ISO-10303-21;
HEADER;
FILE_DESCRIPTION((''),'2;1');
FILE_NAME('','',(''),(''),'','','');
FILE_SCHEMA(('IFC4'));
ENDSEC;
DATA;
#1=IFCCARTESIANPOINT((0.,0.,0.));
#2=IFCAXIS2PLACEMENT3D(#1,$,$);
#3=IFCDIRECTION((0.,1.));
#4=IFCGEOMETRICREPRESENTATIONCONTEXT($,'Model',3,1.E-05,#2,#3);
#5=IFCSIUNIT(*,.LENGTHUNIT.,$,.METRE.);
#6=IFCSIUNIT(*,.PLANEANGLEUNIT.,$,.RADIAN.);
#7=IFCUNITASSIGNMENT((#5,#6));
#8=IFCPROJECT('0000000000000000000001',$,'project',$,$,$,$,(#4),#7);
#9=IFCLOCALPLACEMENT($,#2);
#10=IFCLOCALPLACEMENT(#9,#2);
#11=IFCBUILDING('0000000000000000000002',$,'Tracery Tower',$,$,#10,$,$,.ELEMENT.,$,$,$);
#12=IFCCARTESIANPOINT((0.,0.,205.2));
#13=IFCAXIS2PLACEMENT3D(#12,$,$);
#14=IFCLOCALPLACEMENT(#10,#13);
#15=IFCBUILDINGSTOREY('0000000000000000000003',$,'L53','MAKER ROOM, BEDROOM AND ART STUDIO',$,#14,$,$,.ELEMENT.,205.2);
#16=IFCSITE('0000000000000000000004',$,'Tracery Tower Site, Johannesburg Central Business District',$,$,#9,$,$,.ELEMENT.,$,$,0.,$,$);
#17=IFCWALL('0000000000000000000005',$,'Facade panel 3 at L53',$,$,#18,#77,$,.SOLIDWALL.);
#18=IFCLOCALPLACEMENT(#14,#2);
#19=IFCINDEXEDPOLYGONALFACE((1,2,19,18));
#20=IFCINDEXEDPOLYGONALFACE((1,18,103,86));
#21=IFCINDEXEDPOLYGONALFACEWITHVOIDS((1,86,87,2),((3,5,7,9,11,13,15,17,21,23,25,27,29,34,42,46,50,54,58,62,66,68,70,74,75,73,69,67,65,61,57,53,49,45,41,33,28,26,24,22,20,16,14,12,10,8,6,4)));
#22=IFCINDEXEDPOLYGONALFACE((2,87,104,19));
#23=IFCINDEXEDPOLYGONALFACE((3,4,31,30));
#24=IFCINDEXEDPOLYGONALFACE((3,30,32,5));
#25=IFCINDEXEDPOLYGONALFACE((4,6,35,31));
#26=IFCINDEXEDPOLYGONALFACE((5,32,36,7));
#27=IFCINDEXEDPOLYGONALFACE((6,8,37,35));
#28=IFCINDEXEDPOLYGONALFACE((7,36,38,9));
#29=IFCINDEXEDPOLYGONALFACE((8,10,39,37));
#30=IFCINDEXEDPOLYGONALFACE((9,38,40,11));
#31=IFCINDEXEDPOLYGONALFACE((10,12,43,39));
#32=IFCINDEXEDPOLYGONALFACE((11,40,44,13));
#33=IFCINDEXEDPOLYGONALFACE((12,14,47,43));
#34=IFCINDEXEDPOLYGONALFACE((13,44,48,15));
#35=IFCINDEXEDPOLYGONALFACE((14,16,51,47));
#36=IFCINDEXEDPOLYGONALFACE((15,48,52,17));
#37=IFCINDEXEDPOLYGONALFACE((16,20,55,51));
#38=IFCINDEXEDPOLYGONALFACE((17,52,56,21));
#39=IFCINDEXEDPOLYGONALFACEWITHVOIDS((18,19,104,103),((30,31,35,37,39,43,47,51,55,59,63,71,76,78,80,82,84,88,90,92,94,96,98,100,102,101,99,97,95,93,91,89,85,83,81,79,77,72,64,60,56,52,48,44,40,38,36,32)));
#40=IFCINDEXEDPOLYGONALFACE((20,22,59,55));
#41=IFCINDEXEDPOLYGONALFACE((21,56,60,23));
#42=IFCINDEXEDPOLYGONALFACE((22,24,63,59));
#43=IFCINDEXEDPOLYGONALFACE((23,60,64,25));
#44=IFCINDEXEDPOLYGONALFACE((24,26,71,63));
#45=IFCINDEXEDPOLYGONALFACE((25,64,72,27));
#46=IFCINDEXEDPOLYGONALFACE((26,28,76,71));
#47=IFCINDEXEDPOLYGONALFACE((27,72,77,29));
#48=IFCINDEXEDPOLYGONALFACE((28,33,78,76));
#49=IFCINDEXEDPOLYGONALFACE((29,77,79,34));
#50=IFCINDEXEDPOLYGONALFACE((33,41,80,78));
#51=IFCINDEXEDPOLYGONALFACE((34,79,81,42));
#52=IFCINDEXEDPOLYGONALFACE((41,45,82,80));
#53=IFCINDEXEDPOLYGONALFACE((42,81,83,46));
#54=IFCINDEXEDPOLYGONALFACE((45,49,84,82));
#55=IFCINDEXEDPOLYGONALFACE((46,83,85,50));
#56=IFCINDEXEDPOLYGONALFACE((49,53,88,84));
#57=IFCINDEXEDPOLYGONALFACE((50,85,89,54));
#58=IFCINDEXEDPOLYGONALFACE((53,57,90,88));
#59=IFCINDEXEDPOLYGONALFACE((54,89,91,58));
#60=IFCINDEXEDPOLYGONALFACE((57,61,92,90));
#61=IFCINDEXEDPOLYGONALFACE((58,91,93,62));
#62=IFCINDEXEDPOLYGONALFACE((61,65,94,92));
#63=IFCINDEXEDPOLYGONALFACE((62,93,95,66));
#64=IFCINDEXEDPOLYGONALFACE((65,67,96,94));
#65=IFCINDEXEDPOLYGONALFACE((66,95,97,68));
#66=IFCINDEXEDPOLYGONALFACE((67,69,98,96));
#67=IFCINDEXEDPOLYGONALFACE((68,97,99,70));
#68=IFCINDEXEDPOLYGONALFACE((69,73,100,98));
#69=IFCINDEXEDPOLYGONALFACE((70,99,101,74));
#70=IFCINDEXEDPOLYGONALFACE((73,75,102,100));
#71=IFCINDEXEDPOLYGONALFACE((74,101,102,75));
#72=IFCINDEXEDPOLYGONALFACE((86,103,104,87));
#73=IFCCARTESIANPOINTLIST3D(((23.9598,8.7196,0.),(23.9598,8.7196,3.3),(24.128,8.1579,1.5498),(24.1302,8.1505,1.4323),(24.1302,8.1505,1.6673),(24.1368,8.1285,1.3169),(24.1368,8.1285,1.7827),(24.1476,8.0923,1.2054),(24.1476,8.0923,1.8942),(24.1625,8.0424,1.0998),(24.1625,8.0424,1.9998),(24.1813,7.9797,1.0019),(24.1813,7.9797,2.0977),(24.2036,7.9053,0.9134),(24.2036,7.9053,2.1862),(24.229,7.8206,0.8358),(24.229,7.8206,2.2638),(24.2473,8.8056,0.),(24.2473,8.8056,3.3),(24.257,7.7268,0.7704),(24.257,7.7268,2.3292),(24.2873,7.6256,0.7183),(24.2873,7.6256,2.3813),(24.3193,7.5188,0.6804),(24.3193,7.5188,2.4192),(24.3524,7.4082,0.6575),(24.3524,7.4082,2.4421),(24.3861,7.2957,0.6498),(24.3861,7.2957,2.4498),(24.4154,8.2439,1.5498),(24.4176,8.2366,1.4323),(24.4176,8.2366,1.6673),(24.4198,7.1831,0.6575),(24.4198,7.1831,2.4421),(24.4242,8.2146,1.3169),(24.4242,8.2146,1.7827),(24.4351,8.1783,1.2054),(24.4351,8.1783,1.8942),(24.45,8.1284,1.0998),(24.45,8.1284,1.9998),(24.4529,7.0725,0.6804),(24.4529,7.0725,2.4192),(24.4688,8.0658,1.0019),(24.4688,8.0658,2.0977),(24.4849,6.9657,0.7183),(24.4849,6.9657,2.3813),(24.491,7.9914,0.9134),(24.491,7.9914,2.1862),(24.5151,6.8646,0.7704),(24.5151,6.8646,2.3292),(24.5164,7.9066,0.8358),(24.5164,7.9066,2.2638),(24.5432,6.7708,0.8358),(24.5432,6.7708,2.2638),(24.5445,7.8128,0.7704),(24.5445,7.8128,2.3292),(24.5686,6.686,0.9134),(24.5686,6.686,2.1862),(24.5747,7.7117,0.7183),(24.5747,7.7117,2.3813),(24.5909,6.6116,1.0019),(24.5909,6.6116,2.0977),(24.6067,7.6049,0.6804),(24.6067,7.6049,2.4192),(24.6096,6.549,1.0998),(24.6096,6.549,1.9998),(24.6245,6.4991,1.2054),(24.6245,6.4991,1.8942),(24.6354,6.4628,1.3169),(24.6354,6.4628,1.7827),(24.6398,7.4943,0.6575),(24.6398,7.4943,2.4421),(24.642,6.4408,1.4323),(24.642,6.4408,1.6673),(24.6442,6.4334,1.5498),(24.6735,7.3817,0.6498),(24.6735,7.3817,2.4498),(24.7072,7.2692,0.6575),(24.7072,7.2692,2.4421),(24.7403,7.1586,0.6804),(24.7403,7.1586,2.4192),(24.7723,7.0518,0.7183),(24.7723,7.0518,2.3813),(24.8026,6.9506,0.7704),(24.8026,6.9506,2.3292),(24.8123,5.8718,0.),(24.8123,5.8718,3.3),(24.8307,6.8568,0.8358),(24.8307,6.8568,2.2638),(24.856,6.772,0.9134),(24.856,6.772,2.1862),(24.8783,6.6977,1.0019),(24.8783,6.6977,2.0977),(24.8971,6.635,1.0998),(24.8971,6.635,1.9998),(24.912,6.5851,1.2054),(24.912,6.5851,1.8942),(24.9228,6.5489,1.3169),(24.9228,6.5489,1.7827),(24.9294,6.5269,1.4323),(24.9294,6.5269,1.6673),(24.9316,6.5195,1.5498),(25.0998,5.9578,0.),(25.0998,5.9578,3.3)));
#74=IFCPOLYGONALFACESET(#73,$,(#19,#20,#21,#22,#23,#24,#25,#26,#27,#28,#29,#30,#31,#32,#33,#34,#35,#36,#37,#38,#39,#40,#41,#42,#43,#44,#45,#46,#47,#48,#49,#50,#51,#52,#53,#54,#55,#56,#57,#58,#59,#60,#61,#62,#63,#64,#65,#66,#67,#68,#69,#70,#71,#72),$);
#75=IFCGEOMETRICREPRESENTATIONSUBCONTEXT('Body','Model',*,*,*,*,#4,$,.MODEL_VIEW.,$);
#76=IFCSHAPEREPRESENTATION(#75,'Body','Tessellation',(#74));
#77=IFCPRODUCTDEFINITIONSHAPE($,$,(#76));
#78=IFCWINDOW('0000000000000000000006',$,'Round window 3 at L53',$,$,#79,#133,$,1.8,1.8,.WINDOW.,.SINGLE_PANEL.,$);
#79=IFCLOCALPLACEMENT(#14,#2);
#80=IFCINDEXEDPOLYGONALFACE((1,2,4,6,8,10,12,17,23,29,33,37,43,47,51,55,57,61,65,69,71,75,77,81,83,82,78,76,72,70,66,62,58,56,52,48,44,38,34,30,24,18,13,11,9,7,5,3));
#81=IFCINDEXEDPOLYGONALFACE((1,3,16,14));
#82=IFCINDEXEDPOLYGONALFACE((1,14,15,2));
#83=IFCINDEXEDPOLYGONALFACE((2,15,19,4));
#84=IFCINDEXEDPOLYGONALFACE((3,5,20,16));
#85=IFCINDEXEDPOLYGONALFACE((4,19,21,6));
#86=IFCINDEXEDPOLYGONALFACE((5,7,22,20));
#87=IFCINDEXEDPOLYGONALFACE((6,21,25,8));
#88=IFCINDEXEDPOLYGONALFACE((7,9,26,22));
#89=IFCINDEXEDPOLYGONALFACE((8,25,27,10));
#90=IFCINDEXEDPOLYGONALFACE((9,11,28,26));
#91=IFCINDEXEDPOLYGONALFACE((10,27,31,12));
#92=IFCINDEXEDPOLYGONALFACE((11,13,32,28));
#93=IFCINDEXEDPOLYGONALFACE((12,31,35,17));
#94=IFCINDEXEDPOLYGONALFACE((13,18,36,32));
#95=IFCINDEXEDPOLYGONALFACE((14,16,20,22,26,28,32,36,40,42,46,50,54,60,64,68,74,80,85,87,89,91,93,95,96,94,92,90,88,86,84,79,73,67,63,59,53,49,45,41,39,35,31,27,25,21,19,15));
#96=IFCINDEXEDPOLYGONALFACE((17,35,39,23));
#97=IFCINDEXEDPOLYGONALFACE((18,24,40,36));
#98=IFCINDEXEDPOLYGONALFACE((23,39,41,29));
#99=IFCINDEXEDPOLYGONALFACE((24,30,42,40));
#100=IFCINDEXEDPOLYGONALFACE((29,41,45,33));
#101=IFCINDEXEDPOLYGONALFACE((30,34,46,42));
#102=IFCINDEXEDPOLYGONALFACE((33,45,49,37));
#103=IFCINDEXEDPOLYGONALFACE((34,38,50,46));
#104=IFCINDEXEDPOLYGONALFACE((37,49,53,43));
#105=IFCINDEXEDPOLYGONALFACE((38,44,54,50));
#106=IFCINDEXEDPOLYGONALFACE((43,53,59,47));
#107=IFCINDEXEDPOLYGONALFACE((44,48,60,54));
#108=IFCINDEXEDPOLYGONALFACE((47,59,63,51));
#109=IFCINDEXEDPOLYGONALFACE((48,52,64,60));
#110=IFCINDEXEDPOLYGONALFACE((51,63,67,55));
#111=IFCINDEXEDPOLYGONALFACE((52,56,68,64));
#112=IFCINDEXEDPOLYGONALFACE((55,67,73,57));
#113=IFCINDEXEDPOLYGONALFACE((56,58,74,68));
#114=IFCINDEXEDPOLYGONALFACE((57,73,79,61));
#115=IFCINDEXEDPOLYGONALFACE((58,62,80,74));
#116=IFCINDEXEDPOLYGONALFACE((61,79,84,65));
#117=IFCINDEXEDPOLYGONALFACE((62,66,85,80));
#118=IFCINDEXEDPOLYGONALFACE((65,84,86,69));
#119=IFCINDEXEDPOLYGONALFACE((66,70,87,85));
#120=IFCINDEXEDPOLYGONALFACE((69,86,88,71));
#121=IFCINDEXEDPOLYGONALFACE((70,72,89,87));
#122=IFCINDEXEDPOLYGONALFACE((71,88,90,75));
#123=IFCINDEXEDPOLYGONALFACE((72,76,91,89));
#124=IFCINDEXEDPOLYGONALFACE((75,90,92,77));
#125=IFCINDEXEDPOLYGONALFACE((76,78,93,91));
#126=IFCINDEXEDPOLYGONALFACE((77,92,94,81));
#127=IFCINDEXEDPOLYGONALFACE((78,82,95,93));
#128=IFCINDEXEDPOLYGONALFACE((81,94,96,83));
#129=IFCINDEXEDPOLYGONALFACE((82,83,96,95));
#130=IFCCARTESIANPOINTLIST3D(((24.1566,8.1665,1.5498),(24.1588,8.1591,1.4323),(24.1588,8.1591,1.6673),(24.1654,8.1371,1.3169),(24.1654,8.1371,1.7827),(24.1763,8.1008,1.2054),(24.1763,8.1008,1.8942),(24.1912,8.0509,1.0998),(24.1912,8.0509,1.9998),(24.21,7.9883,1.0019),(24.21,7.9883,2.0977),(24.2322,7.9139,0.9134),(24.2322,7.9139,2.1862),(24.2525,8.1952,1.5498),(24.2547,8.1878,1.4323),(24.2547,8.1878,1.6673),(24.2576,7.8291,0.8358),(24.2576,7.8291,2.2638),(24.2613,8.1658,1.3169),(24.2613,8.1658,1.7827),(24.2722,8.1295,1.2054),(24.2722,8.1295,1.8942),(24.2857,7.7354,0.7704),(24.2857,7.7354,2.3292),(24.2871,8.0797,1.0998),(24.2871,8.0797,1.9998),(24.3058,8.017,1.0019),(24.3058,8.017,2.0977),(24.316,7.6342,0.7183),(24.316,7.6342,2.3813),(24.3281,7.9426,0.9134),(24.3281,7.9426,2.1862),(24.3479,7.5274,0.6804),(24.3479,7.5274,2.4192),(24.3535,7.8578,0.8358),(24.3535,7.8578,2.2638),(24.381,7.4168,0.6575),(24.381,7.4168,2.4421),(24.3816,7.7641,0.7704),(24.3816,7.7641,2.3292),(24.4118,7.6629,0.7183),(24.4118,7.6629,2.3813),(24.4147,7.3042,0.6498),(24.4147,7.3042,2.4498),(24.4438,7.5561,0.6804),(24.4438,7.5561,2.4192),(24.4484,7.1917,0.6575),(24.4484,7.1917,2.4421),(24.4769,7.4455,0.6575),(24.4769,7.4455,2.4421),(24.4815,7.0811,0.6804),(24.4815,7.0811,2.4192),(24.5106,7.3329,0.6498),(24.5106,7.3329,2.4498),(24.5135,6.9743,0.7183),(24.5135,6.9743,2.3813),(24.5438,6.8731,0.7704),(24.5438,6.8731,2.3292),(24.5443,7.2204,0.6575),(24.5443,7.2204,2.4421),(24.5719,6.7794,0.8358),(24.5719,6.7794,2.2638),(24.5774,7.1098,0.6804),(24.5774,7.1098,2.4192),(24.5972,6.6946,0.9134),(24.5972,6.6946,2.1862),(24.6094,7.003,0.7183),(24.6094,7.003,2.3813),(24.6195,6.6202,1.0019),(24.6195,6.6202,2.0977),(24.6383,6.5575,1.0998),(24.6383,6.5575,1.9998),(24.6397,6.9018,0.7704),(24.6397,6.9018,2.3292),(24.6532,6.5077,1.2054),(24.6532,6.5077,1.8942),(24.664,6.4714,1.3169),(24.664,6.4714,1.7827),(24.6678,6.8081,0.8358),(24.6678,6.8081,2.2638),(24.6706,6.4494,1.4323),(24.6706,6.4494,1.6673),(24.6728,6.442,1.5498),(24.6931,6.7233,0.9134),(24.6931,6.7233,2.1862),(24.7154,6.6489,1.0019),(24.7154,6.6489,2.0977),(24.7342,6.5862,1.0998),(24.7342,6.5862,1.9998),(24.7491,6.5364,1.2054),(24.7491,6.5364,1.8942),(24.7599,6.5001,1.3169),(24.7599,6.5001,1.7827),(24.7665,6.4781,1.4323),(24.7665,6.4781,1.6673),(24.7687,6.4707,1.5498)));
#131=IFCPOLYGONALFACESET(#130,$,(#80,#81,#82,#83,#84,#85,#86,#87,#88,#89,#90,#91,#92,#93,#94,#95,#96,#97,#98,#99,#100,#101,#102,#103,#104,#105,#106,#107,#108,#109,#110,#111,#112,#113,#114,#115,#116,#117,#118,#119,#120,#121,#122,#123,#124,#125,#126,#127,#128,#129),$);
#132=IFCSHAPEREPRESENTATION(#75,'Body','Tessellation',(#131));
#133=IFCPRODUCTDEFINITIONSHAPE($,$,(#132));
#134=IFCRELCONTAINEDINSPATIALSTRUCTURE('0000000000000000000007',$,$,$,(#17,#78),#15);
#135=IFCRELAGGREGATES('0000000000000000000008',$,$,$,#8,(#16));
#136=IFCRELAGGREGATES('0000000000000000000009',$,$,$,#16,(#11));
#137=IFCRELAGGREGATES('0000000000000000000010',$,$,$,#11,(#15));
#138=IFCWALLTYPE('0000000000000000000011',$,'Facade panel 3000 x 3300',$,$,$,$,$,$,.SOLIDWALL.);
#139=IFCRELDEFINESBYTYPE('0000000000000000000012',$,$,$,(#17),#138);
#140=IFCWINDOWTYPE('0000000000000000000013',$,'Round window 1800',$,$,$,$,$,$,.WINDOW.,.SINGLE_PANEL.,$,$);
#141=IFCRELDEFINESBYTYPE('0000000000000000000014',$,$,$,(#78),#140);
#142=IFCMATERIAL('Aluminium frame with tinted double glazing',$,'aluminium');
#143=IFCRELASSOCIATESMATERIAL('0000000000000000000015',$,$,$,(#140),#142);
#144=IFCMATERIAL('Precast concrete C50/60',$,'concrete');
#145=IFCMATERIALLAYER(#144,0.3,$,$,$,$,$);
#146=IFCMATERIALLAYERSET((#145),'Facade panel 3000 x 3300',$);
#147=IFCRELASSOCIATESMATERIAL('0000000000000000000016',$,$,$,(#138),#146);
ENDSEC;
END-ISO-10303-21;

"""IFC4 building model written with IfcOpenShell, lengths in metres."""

from ifc_helpers import new_model, si_unit, direction, frame, frame_2d, origin, origin_2d, place, context, subcontext, project, spatial, rectangle, circle, extrude, material, layer, layer_set, type_object, element, fill, save


model = new_model("IFC4")

# Units and contexts
model_context = context("Model", 3, precision=1e-05, world=origin(), true_north=direction((0.0, 1.0)))
body_context = subcontext(model_context, "Body", "Model", "MODEL_VIEW")
ifc_project = project(units=[si_unit("LENGTHUNIT", "METRE"), si_unit("PLANEANGLEUNIT", "RADIAN")], contexts=[model_context])

# Site, building, storey
site_placement = place(None, origin())
site = spatial("IfcSite", under=ifc_project, at=site_placement, Name="Tracery Tower Site, Johannesburg Central Business District", CompositionType="ELEMENT", RefElevation=0.0)
building_placement = place(site_placement, origin())
building = spatial("IfcBuilding", under=site, at=building_placement, Name="Tracery Tower", CompositionType="ELEMENT")
storey_placement = place(building_placement, frame((0.0, 0.0, 205.2)))
storey = spatial("IfcBuildingStorey", under=building, at=storey_placement, Name="L53", Description="MAKER ROOM, BEDROOM AND ART STUDIO", CompositionType="ELEMENT", Elevation=205.2)

# Wall, opening, window
ifc_material_1 = material(Name="Aluminium frame with tinted double glazing", Category="aluminium")
window_type = type_object("IfcWindowType", Name="Round window 1800", PartitioningType="SINGLE_PANEL", PredefinedType="WINDOW", material=ifc_material_1)
ifc_material_2 = material(Name="Precast concrete C50/60", Category="concrete")
ifc_layer_1 = layer(ifc_material_2, 0.3)
ifc_layer_set_1 = layer_set([ifc_layer_1], Name="Facade panel 3000 x 3300")
wall_type_1 = type_object("IfcWallType", Name="Facade panel 3000 x 3300", PredefinedType="SOLIDWALL", material=ifc_layer_set_1)
wall_1_placement = place(storey_placement, frame((24.9561, 5.9148, 0.0), z_axis=(0.0, 0.0, 1.0), x_axis=(-0.286783, 0.957996, 0.0)))
wall_1 = element("IfcWall", 1, at=wall_1_placement, inside=storey, type_object=wall_type_1, Name="Facade panel 3 at L53", PredefinedType="SOLIDWALL", context=body_context, shape_type="SweptSolid", body=[
    extrude(rectangle(XDim=2.9727, YDim=0.3, at=frame_2d((1.4863, 0.0))), origin(), (0.0, 0.0, 1.0), 3.3),
])
opening_1_placement = place(wall_1_placement, frame((1.4863, 0.0, 1.5498)))
opening_1 = element("IfcOpeningElement", 2, at=opening_1_placement, cuts=wall_1, PredefinedType="OPENING", context=body_context, shape_type="SweptSolid", body=[
    extrude(circle(Radius=0.9, at=origin_2d()), frame((0.0, 0.1599, 0.0), z_axis=(0.0, -1.0, 0.0), x_axis=(1.0, 0.0, 0.0)), (0.0, 0.0, 1.0), 0.3201),
])
window_1_placement = place(opening_1_placement, origin())
window_1 = element("IfcWindow", 3, at=window_1_placement, inside=storey, type_object=window_type, Name="Round window 3 at L53", OverallHeight=1.8, OverallWidth=1.8, PartitioningType="SINGLE_PANEL", PredefinedType="WINDOW", context=body_context, shape_type="SweptSolid", body=[
    extrude(circle(Radius=0.9, at=origin_2d()), frame((0.0, 0.1201, 0.0), z_axis=(0.0, -1.0, 0.0), x_axis=(1.0, 0.0, 0.0)), (0.0, 0.0, 1.0), 0.1001),
])
fill(opening_1, window_1)

save(model, "model.ifc")
